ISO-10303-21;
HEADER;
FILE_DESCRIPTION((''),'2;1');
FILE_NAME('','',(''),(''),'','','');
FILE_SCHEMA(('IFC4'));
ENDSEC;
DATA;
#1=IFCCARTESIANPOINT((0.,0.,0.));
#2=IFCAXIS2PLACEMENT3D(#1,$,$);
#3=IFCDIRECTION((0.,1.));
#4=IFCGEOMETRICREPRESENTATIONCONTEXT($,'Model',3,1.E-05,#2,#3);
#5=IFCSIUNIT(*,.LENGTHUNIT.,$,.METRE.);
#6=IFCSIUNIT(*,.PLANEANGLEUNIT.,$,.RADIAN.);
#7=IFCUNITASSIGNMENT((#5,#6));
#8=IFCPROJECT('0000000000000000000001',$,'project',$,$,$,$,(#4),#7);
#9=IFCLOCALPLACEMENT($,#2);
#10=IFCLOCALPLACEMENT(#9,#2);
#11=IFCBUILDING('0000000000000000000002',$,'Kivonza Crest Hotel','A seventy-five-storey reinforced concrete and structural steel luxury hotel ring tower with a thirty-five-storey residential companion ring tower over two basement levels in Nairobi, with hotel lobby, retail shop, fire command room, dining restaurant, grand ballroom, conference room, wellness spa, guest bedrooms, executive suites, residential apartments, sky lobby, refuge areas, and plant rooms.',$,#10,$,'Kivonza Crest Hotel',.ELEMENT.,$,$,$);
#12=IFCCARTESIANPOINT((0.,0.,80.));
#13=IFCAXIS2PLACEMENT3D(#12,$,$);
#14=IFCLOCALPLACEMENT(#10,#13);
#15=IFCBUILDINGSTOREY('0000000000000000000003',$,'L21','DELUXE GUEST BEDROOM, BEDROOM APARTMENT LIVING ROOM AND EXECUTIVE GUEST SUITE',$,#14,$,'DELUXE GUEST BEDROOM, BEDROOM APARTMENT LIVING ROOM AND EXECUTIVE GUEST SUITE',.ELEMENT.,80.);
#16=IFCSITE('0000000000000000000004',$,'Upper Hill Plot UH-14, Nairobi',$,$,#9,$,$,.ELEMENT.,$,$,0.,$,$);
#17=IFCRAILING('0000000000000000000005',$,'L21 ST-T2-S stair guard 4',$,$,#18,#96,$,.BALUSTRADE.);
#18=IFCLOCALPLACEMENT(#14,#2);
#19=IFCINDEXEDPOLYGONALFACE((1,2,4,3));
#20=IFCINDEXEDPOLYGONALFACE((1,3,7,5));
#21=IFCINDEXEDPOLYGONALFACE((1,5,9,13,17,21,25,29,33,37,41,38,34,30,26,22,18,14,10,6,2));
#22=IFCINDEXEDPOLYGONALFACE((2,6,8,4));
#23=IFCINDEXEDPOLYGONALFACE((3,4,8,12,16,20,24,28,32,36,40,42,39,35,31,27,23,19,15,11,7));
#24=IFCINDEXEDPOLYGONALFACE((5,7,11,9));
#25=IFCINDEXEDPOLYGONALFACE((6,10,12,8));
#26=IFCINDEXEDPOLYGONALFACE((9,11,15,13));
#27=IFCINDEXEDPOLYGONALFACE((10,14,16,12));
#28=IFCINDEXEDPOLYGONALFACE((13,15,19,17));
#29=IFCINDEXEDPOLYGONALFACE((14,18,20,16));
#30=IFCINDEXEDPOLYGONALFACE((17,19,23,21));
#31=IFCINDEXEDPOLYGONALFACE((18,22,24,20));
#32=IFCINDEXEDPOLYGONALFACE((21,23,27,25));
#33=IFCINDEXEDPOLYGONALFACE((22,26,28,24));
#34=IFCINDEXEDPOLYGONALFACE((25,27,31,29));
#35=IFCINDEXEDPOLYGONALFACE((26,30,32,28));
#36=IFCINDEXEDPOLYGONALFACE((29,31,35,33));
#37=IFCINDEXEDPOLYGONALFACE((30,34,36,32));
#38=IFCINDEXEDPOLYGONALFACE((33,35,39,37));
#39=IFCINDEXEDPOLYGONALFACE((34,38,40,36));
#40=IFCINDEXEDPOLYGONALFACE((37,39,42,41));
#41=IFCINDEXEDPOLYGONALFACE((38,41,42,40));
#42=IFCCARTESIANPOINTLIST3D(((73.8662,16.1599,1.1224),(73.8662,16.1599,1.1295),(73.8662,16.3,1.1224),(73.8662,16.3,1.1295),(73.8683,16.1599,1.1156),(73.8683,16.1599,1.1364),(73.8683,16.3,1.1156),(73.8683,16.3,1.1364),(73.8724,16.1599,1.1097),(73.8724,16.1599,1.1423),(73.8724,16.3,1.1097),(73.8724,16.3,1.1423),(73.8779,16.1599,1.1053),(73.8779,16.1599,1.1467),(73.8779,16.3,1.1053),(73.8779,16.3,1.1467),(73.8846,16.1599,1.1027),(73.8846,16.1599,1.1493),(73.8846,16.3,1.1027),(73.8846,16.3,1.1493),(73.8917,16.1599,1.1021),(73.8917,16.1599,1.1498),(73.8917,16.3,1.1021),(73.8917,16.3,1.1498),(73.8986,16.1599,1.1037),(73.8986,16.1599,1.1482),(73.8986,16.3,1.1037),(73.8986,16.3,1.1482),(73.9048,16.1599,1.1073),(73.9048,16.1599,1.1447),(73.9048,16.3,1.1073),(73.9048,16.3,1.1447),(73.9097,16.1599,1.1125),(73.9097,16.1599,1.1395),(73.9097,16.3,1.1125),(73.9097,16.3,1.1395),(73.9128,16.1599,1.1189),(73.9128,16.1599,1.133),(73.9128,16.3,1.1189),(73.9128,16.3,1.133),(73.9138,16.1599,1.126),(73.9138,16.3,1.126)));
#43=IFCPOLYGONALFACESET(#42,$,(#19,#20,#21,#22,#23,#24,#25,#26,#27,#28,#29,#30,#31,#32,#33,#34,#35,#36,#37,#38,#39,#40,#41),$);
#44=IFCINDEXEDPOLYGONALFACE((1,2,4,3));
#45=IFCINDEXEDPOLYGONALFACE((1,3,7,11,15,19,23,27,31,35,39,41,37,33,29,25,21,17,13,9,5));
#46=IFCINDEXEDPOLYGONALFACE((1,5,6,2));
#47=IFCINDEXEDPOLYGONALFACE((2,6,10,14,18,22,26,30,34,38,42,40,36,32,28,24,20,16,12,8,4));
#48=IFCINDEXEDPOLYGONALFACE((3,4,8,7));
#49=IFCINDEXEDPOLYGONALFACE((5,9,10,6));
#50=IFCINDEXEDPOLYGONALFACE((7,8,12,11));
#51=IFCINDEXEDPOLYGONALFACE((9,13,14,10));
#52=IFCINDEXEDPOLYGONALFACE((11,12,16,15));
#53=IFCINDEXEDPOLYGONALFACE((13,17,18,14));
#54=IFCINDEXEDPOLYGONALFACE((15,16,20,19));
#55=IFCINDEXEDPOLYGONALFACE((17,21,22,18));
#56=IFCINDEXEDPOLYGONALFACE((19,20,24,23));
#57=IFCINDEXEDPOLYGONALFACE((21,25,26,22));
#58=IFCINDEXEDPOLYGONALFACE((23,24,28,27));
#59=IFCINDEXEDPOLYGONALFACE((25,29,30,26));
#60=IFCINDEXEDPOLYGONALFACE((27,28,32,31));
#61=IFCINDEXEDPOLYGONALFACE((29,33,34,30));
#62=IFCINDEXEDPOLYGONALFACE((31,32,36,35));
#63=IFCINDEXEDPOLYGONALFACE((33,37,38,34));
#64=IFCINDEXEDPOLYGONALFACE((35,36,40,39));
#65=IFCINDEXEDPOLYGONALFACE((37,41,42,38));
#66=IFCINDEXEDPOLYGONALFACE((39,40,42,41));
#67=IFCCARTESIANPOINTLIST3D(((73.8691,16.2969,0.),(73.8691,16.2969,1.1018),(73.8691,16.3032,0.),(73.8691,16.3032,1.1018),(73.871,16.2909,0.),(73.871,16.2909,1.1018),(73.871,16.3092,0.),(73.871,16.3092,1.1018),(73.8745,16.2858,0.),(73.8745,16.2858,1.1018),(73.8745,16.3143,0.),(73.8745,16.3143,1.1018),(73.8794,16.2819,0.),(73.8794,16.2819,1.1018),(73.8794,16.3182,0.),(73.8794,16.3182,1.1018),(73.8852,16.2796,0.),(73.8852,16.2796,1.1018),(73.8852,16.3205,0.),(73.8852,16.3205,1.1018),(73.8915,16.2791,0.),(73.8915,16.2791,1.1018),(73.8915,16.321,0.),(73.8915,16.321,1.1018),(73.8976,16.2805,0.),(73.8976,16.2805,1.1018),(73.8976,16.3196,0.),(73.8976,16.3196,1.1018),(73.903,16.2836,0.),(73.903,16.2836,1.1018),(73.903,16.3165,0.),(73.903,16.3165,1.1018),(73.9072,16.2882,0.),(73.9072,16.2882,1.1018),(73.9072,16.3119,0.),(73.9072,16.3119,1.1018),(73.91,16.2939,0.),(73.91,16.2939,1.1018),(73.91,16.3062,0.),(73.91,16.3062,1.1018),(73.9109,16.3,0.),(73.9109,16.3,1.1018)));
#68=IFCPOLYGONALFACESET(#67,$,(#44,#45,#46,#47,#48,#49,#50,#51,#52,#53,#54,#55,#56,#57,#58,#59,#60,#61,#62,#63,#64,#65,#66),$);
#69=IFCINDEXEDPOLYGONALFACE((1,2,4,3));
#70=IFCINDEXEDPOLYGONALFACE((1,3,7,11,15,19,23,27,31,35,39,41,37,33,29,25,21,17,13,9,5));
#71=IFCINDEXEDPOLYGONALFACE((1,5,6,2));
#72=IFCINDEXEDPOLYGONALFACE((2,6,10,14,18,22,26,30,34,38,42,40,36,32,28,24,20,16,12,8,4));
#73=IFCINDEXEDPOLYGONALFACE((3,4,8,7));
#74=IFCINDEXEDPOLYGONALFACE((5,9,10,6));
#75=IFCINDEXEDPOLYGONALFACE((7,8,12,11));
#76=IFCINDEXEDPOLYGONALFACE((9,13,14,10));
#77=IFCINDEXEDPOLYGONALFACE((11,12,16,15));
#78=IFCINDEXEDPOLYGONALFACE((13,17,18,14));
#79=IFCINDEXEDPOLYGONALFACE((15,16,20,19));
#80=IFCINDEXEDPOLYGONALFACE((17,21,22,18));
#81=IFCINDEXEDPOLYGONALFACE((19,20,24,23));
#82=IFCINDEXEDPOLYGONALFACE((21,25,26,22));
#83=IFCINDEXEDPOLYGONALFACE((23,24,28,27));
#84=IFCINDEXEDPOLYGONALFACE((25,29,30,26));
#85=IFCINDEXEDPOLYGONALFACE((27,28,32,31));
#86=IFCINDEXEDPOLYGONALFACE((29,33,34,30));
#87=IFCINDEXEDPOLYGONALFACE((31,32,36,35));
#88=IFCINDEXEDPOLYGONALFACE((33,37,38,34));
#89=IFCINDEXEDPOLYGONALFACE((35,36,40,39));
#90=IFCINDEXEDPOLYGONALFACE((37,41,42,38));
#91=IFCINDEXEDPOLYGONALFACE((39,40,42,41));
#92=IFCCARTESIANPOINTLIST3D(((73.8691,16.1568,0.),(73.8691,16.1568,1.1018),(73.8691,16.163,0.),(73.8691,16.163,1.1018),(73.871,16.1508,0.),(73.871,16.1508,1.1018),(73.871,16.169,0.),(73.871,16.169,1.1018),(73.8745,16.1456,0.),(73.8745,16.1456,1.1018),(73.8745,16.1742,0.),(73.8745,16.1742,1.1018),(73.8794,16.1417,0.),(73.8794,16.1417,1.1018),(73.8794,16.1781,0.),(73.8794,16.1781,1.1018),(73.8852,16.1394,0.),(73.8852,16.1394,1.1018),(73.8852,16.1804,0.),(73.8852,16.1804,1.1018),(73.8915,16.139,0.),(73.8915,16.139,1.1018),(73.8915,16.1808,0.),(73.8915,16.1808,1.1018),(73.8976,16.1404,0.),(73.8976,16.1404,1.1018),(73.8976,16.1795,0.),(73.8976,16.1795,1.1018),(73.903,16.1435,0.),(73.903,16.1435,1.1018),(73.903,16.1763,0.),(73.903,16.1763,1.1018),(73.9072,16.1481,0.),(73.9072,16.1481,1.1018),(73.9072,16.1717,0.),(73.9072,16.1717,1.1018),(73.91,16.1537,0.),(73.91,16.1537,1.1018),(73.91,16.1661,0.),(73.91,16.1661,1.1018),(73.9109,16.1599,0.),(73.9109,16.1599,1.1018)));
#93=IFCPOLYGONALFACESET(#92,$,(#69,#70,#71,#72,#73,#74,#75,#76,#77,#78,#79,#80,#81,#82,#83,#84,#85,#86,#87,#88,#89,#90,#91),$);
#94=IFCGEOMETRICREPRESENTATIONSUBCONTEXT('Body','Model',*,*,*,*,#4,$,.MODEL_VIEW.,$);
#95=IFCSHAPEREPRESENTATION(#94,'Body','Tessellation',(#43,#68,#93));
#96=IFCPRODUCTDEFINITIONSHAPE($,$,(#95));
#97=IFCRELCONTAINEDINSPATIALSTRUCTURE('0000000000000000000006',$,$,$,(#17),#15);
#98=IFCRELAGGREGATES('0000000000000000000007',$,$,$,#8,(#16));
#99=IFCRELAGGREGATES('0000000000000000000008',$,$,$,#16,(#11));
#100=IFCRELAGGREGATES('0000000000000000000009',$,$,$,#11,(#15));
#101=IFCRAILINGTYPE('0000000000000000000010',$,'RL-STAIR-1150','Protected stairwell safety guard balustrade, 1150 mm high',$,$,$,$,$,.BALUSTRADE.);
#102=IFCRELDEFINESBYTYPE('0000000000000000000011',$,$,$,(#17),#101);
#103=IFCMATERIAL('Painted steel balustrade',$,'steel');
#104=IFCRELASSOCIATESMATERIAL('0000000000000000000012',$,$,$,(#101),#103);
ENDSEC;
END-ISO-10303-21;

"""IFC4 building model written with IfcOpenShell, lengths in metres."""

from ifc_helpers import new_model, si_unit, direction, frame, origin, origin_2d, place, context, subcontext, project, spatial, circle, extrude, material, type_object, element, save


model = new_model("IFC4")

# Units and contexts
model_context = context("Model", 3, precision=1e-05, world=origin(), true_north=direction((0.0, 1.0)))
body_context = subcontext(model_context, "Body", "Model", "MODEL_VIEW")
ifc_project = project(units=[si_unit("LENGTHUNIT", "METRE"), si_unit("PLANEANGLEUNIT", "RADIAN")], contexts=[model_context])

# Site, building, storey
site_placement = place(None, origin())
site = spatial("IfcSite", under=ifc_project, at=site_placement, Name="Upper Hill Plot UH-14, Nairobi", CompositionType="ELEMENT", RefElevation=0.0)
building_placement = place(site_placement, origin())
building = spatial("IfcBuilding", under=site, at=building_placement, Name="Kivonza Crest Hotel", Description="A seventy-five-storey reinforced concrete and structural steel luxury hotel ring tower with a thirty-five-storey residential companion ring tower over two basement levels in Nairobi, with hotel lobby, retail shop, fire command room, dining restaurant, grand ballroom, conference room, wellness spa, guest bedrooms, executive suites, residential apartments, sky lobby, refuge areas, and plant rooms.", LongName="Kivonza Crest Hotel", CompositionType="ELEMENT")
storey_placement = place(building_placement, frame((0.0, 0.0, 80.0)))
storey = spatial("IfcBuildingStorey", under=building, at=storey_placement, Name="L21", Description="DELUXE GUEST BEDROOM, BEDROOM APARTMENT LIVING ROOM AND EXECUTIVE GUEST SUITE", LongName="DELUXE GUEST BEDROOM, BEDROOM APARTMENT LIVING ROOM AND EXECUTIVE GUEST SUITE", CompositionType="ELEMENT", Elevation=80.0)

# Railing
ifc_material_1 = material(Name="Painted steel balustrade", Category="steel")
railing_type = type_object("IfcRailingType", Name="RL-STAIR-1150", Description="Protected stairwell safety guard balustrade, 1150 mm high", PredefinedType="BALUSTRADE", material=ifc_material_1)
railing_placement = place(storey_placement, frame((73.8899, 16.3, 0.0)))
element("IfcRailing", 1, at=railing_placement, inside=storey, type_object=railing_type, Name="L21 ST-T2-S stair guard 4", PredefinedType="BALUSTRADE", context=body_context, shape_type="SweptSolid", body=[
    extrude(circle(Radius=0.0239, at=origin_2d()), frame((0.0, 0.0, 1.126), z_axis=(0.0, -1.0, 0.0), x_axis=(1.0, 0.0, 0.0)), (0.0, 0.0, 1.0), 0.1401),
    extrude(circle(Radius=0.021, at=origin_2d()), origin(), (0.0, 0.0, 1.0), 1.1018),
    extrude(circle(Radius=0.021, at=origin_2d()), frame((0.0, -0.1401, 0.0)), (0.0, 0.0, 1.0), 1.1018),
])

save(model, "model.ifc")
